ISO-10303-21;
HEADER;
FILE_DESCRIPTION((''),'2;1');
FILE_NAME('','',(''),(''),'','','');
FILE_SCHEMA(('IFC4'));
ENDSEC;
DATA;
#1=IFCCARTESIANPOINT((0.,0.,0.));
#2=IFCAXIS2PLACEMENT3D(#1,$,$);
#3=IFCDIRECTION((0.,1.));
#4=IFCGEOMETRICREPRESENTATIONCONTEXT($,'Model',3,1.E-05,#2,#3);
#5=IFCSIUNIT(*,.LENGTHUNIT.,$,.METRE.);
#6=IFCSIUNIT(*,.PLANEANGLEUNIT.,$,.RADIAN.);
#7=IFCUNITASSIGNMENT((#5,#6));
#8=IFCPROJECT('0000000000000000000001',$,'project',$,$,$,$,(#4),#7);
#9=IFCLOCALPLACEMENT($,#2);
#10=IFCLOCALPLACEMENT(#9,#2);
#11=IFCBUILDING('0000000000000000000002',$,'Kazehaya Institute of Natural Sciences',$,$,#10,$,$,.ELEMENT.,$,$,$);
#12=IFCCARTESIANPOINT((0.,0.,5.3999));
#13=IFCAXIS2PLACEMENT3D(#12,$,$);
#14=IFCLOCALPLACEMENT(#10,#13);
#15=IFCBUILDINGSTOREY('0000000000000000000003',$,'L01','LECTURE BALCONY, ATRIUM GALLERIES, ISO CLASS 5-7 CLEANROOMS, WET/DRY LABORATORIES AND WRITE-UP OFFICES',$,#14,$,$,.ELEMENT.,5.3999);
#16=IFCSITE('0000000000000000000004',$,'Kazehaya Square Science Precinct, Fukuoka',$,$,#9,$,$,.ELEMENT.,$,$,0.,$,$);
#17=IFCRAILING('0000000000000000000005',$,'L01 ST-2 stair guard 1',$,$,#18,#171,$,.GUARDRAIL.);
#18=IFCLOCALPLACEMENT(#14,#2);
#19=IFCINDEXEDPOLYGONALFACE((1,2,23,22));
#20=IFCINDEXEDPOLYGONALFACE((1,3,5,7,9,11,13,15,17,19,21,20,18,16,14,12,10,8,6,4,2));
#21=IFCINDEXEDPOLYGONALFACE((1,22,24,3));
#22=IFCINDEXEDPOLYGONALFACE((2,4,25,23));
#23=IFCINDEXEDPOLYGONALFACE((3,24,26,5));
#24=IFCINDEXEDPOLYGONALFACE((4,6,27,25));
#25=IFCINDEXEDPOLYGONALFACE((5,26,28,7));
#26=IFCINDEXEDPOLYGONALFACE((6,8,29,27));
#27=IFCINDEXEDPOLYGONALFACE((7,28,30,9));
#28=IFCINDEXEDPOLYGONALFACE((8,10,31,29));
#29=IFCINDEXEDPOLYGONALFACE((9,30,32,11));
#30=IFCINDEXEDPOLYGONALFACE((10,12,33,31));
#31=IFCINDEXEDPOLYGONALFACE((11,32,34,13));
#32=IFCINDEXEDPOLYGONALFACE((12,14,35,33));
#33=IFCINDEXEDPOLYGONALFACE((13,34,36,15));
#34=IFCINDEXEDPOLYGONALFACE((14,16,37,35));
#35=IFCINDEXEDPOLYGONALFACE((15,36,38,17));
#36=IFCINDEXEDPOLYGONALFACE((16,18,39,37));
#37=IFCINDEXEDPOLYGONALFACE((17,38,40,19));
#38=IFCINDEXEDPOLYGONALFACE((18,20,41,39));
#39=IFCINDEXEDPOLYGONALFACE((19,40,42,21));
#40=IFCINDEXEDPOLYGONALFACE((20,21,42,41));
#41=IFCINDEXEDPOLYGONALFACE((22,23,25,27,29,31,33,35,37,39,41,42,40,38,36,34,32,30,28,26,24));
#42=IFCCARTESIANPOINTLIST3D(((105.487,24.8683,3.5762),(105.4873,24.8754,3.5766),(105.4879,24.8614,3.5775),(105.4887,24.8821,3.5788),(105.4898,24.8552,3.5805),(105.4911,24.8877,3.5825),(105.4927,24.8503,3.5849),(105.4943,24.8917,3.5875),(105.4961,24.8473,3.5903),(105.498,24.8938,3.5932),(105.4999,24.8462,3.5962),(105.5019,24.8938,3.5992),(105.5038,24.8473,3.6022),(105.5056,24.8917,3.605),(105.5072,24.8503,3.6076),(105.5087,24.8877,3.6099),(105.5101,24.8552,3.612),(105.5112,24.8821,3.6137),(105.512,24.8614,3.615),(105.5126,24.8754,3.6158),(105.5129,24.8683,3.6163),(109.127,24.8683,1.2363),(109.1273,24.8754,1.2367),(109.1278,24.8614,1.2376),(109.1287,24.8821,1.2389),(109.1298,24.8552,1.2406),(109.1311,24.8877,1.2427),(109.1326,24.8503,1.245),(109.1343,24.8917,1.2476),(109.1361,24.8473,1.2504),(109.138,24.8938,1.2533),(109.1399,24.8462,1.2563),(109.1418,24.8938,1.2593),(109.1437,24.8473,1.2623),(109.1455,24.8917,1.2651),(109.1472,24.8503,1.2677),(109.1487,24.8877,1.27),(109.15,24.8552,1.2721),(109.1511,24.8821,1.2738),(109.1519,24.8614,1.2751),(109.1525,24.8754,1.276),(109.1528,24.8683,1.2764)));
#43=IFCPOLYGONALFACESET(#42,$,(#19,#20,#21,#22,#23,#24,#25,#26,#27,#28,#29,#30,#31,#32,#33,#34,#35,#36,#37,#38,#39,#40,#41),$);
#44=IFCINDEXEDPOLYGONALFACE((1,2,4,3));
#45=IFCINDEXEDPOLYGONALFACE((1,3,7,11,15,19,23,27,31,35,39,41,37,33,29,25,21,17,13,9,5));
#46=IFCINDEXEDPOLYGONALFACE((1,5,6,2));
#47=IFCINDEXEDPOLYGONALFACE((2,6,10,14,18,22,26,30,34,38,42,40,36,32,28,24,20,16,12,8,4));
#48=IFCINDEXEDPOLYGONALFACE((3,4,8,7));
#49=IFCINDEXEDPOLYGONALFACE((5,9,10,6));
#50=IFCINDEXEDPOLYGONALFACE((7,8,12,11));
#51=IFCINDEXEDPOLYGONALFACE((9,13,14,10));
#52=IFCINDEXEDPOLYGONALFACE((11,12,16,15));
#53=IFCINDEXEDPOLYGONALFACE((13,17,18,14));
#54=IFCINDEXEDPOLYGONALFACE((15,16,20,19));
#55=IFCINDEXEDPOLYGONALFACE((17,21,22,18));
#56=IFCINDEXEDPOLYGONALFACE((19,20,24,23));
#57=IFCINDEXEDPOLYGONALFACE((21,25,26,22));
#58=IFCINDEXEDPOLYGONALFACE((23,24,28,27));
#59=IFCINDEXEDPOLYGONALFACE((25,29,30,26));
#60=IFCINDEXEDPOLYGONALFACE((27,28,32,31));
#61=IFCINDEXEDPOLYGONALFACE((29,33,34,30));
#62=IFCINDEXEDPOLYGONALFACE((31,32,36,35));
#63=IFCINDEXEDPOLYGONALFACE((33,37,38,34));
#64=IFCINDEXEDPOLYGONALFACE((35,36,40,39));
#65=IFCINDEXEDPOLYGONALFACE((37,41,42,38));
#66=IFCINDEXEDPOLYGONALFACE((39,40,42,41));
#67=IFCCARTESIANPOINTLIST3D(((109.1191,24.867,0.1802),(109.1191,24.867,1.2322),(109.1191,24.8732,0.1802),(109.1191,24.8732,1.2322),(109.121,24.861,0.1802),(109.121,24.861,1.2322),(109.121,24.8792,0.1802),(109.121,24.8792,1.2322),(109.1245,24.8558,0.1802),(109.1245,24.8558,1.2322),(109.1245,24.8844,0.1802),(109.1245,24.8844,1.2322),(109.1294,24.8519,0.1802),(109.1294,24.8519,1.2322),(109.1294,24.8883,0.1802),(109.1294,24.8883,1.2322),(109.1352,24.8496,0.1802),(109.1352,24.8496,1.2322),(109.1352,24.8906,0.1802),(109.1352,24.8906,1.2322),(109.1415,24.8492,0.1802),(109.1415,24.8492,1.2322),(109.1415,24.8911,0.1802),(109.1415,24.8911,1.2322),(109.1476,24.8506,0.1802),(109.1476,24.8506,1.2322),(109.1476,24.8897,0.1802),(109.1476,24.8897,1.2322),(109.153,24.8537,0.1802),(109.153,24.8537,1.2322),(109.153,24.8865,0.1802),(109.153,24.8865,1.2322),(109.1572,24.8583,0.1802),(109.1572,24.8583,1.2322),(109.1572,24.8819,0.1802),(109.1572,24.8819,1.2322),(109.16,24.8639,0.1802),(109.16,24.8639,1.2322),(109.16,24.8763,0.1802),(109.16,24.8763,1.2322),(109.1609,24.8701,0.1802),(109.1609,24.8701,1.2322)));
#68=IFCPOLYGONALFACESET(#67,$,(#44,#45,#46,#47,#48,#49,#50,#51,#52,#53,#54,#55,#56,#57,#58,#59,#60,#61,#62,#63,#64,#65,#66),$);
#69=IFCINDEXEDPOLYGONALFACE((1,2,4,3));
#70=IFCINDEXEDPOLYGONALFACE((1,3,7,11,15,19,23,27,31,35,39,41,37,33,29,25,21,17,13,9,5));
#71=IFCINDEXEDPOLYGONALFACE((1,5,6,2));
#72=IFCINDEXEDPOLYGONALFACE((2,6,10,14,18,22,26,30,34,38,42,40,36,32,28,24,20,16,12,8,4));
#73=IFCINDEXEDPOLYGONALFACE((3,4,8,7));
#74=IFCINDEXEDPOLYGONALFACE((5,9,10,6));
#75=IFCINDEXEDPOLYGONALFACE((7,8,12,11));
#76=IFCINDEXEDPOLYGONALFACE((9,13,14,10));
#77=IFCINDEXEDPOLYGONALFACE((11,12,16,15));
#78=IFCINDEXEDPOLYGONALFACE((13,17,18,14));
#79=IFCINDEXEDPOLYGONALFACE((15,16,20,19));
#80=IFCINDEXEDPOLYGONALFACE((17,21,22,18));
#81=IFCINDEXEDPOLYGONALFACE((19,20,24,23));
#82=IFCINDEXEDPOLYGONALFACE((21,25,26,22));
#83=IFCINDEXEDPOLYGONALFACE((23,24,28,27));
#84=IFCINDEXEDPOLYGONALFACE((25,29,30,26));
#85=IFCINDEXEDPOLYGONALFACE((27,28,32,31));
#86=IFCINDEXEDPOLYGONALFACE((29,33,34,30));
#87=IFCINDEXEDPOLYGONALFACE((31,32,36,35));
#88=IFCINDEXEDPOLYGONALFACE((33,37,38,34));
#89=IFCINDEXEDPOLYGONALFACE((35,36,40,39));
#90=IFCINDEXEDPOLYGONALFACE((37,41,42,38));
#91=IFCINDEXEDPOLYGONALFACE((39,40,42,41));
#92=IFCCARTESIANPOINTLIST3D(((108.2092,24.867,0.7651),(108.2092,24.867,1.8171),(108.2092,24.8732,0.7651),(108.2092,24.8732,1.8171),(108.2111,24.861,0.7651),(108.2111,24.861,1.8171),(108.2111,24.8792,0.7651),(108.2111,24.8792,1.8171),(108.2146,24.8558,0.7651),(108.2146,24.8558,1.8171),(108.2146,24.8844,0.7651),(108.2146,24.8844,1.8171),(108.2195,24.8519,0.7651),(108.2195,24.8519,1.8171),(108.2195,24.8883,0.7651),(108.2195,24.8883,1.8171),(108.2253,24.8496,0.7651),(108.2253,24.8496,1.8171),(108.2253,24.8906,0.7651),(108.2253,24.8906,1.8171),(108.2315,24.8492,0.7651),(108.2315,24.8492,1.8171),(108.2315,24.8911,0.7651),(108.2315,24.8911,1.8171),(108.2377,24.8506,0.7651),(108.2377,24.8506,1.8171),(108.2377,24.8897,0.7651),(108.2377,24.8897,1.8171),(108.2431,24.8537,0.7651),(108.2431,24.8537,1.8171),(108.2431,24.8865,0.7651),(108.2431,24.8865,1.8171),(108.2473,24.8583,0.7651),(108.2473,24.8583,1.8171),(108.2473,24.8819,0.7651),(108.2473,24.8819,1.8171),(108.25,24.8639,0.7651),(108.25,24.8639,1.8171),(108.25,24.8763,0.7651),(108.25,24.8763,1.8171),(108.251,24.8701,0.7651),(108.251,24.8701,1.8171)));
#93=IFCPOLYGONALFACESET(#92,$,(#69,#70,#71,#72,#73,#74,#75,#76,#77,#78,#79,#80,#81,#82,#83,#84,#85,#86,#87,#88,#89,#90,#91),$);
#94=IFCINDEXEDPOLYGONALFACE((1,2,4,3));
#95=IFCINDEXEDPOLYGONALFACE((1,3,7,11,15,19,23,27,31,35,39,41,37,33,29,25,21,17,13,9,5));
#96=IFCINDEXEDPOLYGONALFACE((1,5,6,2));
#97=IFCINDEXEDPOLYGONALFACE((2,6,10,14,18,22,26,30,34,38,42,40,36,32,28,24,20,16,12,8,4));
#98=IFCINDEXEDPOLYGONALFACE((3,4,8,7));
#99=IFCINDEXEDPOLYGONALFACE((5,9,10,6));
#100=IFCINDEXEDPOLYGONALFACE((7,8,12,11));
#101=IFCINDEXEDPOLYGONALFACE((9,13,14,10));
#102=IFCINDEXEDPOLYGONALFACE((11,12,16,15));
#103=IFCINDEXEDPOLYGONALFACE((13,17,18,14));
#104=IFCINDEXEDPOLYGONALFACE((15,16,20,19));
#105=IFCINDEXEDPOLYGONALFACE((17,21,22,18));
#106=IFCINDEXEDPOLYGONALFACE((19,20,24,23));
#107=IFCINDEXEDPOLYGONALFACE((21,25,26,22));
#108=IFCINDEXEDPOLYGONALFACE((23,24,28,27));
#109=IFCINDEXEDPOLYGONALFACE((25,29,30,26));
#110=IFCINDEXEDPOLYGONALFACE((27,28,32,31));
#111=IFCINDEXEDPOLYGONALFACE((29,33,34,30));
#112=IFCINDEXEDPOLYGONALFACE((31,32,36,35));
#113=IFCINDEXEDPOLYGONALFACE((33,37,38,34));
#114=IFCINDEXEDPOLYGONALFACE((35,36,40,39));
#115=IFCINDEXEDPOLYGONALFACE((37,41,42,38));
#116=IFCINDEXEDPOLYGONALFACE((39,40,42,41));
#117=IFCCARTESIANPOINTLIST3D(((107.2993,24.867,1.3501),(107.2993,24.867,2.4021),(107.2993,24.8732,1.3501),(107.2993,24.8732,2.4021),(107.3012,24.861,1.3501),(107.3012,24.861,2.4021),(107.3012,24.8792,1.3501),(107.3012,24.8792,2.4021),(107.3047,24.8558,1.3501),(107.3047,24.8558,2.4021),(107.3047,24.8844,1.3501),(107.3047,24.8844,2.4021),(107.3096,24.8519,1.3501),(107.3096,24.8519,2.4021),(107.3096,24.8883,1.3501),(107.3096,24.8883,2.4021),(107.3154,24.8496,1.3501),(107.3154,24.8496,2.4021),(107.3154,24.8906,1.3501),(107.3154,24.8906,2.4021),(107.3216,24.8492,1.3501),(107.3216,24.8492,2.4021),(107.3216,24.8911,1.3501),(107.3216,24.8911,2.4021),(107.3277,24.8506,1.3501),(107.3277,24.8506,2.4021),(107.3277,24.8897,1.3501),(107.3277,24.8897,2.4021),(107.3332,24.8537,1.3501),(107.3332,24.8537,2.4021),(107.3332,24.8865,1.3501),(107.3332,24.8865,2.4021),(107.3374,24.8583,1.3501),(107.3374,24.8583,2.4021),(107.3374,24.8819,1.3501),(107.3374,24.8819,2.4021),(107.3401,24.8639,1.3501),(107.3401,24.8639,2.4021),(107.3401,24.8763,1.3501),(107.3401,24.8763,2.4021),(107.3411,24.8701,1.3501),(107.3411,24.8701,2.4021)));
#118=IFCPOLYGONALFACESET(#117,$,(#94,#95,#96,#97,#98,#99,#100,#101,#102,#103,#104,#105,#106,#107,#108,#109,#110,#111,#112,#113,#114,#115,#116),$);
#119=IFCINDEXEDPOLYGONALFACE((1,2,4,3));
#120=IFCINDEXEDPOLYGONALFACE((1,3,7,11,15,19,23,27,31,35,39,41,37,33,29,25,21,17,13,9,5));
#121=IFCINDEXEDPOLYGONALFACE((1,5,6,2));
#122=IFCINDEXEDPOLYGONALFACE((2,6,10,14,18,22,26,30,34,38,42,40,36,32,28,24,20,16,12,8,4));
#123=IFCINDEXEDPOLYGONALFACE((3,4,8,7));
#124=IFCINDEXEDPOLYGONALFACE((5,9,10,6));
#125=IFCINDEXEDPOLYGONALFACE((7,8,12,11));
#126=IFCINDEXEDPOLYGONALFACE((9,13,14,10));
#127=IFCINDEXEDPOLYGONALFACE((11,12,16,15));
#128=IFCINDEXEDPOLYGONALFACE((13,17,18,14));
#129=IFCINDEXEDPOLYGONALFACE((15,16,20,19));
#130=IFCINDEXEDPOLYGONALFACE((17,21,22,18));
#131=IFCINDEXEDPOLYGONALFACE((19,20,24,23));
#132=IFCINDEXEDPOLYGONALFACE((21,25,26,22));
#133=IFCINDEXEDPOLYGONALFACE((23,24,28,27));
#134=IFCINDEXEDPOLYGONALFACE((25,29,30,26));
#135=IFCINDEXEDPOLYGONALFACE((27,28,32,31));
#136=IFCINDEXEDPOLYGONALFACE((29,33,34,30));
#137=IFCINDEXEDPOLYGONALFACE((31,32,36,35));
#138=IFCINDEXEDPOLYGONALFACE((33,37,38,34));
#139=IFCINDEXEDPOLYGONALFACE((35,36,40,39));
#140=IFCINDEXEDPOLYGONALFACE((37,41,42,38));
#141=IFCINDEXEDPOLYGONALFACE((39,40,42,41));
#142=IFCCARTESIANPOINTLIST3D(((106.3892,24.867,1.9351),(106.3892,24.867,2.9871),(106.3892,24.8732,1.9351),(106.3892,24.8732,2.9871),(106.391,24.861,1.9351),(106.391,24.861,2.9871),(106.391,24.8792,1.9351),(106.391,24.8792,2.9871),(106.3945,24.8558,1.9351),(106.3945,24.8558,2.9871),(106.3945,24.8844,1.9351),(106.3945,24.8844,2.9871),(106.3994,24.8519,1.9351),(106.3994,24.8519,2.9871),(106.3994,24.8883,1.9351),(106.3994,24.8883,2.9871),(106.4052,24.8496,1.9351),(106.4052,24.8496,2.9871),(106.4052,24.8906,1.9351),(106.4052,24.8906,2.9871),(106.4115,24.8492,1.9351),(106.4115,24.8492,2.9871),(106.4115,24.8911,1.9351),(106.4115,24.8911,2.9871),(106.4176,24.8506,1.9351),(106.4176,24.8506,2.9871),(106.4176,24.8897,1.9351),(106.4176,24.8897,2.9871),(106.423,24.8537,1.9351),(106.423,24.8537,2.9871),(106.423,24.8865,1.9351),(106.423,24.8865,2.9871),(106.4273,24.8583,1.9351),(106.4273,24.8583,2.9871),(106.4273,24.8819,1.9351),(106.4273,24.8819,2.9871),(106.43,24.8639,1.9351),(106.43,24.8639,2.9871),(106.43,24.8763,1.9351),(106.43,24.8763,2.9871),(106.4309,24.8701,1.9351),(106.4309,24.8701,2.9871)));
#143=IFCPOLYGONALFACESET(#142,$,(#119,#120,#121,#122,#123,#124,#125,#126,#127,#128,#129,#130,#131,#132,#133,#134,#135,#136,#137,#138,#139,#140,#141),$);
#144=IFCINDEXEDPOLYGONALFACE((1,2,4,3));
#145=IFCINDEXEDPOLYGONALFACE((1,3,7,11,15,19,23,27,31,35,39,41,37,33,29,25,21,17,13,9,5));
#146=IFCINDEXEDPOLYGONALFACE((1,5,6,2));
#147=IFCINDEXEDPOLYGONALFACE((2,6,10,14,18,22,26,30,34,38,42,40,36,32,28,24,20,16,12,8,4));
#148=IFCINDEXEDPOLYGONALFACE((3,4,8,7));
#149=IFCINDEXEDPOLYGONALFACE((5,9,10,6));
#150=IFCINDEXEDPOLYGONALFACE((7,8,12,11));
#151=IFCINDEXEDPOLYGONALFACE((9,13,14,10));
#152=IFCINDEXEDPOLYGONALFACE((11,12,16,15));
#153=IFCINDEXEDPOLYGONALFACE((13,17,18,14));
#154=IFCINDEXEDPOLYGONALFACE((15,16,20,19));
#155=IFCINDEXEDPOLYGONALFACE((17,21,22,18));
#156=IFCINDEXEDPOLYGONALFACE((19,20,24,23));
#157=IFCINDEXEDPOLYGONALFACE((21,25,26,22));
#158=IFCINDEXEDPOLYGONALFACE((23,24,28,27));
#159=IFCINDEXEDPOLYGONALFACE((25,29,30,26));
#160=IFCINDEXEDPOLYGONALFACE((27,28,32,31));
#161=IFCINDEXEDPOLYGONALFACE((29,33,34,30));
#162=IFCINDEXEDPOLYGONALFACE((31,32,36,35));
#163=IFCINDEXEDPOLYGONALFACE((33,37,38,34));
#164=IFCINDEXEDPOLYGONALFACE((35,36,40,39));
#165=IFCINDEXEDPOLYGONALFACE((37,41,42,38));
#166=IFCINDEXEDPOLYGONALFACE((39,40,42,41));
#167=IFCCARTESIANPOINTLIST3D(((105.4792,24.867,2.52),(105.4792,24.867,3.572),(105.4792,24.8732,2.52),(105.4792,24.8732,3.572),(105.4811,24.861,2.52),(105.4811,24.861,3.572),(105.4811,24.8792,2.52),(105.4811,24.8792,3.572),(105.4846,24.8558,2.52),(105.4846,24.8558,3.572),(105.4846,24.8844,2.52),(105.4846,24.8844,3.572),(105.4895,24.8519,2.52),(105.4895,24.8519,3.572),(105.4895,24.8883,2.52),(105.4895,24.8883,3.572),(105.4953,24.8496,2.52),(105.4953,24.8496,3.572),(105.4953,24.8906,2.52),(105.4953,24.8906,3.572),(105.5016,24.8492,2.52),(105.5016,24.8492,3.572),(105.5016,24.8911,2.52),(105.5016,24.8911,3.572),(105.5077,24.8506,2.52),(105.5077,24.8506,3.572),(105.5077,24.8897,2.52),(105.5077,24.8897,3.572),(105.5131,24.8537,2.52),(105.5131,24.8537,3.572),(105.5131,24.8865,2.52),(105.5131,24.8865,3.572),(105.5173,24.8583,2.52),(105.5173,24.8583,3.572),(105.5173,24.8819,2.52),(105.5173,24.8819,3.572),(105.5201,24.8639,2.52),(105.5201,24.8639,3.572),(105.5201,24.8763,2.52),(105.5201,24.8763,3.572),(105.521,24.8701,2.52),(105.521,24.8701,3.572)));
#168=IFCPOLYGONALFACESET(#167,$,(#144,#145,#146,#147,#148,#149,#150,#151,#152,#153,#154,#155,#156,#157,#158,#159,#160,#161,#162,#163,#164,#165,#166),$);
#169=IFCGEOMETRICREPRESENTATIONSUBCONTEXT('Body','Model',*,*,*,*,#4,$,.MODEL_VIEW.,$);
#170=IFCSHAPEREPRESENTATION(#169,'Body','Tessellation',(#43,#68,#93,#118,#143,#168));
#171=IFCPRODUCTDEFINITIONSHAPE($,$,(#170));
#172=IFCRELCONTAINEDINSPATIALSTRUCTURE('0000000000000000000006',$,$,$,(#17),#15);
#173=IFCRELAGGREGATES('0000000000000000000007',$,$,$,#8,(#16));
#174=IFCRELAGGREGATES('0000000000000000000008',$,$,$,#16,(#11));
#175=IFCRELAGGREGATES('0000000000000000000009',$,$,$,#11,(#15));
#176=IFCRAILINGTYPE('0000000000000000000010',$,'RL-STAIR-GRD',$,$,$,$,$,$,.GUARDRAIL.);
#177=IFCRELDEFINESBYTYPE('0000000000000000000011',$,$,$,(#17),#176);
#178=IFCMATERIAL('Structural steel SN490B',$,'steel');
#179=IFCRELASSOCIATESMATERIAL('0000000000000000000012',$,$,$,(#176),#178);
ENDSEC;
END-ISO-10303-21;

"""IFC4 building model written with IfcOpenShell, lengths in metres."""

from ifc_helpers import new_model, si_unit, direction, frame, origin, origin_2d, place, context, subcontext, project, spatial, circle, extrude, material, type_object, element, save


model = new_model("IFC4")

# Units and contexts
model_context = context("Model", 3, precision=1e-05, world=origin(), true_north=direction((0.0, 1.0)))
body_context = subcontext(model_context, "Body", "Model", "MODEL_VIEW")
ifc_project = project(units=[si_unit("LENGTHUNIT", "METRE"), si_unit("PLANEANGLEUNIT", "RADIAN")], contexts=[model_context])

# Site, building, storey
site_placement = place(None, origin())
site = spatial("IfcSite", under=ifc_project, at=site_placement, Name="Kazehaya Square Science Precinct, Fukuoka", CompositionType="ELEMENT", RefElevation=0.0)
building_placement = place(site_placement, origin())
building = spatial("IfcBuilding", under=site, at=building_placement, Name="Kazehaya Institute of Natural Sciences", CompositionType="ELEMENT")
storey_placement = place(building_placement, frame((0.0, 0.0, 5.3999)))
storey = spatial("IfcBuildingStorey", under=building, at=storey_placement, Name="L01", Description="LECTURE BALCONY, ATRIUM GALLERIES, ISO CLASS 5-7 CLEANROOMS, WET/DRY LABORATORIES AND WRITE-UP OFFICES", CompositionType="ELEMENT", Elevation=5.3999)

# Railing
ifc_material_1 = material(Name="Structural steel SN490B", Category="steel")
railing_type_1 = type_object("IfcRailingType", Name="RL-STAIR-GRD", PredefinedType="GUARDRAIL", material=ifc_material_1)
railing_1_placement = place(storey_placement, frame((109.1399, 24.8701, 0.1802)))
element("IfcRailing", 1, at=railing_1_placement, inside=storey, type_object=railing_type_1, Name="L01 ST-2 stair guard 1", PredefinedType="GUARDRAIL", context=body_context, shape_type="SweptSolid", body=[
    extrude(circle(Radius=0.0239, at=origin_2d()), frame((0.0, 0.0, 1.0762), z_axis=(-0.841188, 0.0, 0.540743), x_axis=(0.0, -1.0, 0.0)), (0.0, 0.0, 1.0), 4.3271),
    extrude(circle(Radius=0.021, at=origin_2d()), origin(), (0.0, 0.0, 1.0), 1.052),
    extrude(circle(Radius=0.021, at=origin_2d()), frame((-0.9099, 0.0, 0.585)), (0.0, 0.0, 1.0), 1.052),
    extrude(circle(Radius=0.021, at=origin_2d()), frame((-1.8198, 0.0, 1.1699)), (0.0, 0.0, 1.0), 1.052),
    extrude(circle(Radius=0.021, at=origin_2d()), frame((-2.73, 0.0, 1.7549)), (0.0, 0.0, 1.0), 1.052),
    extrude(circle(Radius=0.021, at=origin_2d()), frame((-3.6399, 0.0, 2.3398)), (0.0, 0.0, 1.0), 1.052),
])

save(model, "model.ifc")
